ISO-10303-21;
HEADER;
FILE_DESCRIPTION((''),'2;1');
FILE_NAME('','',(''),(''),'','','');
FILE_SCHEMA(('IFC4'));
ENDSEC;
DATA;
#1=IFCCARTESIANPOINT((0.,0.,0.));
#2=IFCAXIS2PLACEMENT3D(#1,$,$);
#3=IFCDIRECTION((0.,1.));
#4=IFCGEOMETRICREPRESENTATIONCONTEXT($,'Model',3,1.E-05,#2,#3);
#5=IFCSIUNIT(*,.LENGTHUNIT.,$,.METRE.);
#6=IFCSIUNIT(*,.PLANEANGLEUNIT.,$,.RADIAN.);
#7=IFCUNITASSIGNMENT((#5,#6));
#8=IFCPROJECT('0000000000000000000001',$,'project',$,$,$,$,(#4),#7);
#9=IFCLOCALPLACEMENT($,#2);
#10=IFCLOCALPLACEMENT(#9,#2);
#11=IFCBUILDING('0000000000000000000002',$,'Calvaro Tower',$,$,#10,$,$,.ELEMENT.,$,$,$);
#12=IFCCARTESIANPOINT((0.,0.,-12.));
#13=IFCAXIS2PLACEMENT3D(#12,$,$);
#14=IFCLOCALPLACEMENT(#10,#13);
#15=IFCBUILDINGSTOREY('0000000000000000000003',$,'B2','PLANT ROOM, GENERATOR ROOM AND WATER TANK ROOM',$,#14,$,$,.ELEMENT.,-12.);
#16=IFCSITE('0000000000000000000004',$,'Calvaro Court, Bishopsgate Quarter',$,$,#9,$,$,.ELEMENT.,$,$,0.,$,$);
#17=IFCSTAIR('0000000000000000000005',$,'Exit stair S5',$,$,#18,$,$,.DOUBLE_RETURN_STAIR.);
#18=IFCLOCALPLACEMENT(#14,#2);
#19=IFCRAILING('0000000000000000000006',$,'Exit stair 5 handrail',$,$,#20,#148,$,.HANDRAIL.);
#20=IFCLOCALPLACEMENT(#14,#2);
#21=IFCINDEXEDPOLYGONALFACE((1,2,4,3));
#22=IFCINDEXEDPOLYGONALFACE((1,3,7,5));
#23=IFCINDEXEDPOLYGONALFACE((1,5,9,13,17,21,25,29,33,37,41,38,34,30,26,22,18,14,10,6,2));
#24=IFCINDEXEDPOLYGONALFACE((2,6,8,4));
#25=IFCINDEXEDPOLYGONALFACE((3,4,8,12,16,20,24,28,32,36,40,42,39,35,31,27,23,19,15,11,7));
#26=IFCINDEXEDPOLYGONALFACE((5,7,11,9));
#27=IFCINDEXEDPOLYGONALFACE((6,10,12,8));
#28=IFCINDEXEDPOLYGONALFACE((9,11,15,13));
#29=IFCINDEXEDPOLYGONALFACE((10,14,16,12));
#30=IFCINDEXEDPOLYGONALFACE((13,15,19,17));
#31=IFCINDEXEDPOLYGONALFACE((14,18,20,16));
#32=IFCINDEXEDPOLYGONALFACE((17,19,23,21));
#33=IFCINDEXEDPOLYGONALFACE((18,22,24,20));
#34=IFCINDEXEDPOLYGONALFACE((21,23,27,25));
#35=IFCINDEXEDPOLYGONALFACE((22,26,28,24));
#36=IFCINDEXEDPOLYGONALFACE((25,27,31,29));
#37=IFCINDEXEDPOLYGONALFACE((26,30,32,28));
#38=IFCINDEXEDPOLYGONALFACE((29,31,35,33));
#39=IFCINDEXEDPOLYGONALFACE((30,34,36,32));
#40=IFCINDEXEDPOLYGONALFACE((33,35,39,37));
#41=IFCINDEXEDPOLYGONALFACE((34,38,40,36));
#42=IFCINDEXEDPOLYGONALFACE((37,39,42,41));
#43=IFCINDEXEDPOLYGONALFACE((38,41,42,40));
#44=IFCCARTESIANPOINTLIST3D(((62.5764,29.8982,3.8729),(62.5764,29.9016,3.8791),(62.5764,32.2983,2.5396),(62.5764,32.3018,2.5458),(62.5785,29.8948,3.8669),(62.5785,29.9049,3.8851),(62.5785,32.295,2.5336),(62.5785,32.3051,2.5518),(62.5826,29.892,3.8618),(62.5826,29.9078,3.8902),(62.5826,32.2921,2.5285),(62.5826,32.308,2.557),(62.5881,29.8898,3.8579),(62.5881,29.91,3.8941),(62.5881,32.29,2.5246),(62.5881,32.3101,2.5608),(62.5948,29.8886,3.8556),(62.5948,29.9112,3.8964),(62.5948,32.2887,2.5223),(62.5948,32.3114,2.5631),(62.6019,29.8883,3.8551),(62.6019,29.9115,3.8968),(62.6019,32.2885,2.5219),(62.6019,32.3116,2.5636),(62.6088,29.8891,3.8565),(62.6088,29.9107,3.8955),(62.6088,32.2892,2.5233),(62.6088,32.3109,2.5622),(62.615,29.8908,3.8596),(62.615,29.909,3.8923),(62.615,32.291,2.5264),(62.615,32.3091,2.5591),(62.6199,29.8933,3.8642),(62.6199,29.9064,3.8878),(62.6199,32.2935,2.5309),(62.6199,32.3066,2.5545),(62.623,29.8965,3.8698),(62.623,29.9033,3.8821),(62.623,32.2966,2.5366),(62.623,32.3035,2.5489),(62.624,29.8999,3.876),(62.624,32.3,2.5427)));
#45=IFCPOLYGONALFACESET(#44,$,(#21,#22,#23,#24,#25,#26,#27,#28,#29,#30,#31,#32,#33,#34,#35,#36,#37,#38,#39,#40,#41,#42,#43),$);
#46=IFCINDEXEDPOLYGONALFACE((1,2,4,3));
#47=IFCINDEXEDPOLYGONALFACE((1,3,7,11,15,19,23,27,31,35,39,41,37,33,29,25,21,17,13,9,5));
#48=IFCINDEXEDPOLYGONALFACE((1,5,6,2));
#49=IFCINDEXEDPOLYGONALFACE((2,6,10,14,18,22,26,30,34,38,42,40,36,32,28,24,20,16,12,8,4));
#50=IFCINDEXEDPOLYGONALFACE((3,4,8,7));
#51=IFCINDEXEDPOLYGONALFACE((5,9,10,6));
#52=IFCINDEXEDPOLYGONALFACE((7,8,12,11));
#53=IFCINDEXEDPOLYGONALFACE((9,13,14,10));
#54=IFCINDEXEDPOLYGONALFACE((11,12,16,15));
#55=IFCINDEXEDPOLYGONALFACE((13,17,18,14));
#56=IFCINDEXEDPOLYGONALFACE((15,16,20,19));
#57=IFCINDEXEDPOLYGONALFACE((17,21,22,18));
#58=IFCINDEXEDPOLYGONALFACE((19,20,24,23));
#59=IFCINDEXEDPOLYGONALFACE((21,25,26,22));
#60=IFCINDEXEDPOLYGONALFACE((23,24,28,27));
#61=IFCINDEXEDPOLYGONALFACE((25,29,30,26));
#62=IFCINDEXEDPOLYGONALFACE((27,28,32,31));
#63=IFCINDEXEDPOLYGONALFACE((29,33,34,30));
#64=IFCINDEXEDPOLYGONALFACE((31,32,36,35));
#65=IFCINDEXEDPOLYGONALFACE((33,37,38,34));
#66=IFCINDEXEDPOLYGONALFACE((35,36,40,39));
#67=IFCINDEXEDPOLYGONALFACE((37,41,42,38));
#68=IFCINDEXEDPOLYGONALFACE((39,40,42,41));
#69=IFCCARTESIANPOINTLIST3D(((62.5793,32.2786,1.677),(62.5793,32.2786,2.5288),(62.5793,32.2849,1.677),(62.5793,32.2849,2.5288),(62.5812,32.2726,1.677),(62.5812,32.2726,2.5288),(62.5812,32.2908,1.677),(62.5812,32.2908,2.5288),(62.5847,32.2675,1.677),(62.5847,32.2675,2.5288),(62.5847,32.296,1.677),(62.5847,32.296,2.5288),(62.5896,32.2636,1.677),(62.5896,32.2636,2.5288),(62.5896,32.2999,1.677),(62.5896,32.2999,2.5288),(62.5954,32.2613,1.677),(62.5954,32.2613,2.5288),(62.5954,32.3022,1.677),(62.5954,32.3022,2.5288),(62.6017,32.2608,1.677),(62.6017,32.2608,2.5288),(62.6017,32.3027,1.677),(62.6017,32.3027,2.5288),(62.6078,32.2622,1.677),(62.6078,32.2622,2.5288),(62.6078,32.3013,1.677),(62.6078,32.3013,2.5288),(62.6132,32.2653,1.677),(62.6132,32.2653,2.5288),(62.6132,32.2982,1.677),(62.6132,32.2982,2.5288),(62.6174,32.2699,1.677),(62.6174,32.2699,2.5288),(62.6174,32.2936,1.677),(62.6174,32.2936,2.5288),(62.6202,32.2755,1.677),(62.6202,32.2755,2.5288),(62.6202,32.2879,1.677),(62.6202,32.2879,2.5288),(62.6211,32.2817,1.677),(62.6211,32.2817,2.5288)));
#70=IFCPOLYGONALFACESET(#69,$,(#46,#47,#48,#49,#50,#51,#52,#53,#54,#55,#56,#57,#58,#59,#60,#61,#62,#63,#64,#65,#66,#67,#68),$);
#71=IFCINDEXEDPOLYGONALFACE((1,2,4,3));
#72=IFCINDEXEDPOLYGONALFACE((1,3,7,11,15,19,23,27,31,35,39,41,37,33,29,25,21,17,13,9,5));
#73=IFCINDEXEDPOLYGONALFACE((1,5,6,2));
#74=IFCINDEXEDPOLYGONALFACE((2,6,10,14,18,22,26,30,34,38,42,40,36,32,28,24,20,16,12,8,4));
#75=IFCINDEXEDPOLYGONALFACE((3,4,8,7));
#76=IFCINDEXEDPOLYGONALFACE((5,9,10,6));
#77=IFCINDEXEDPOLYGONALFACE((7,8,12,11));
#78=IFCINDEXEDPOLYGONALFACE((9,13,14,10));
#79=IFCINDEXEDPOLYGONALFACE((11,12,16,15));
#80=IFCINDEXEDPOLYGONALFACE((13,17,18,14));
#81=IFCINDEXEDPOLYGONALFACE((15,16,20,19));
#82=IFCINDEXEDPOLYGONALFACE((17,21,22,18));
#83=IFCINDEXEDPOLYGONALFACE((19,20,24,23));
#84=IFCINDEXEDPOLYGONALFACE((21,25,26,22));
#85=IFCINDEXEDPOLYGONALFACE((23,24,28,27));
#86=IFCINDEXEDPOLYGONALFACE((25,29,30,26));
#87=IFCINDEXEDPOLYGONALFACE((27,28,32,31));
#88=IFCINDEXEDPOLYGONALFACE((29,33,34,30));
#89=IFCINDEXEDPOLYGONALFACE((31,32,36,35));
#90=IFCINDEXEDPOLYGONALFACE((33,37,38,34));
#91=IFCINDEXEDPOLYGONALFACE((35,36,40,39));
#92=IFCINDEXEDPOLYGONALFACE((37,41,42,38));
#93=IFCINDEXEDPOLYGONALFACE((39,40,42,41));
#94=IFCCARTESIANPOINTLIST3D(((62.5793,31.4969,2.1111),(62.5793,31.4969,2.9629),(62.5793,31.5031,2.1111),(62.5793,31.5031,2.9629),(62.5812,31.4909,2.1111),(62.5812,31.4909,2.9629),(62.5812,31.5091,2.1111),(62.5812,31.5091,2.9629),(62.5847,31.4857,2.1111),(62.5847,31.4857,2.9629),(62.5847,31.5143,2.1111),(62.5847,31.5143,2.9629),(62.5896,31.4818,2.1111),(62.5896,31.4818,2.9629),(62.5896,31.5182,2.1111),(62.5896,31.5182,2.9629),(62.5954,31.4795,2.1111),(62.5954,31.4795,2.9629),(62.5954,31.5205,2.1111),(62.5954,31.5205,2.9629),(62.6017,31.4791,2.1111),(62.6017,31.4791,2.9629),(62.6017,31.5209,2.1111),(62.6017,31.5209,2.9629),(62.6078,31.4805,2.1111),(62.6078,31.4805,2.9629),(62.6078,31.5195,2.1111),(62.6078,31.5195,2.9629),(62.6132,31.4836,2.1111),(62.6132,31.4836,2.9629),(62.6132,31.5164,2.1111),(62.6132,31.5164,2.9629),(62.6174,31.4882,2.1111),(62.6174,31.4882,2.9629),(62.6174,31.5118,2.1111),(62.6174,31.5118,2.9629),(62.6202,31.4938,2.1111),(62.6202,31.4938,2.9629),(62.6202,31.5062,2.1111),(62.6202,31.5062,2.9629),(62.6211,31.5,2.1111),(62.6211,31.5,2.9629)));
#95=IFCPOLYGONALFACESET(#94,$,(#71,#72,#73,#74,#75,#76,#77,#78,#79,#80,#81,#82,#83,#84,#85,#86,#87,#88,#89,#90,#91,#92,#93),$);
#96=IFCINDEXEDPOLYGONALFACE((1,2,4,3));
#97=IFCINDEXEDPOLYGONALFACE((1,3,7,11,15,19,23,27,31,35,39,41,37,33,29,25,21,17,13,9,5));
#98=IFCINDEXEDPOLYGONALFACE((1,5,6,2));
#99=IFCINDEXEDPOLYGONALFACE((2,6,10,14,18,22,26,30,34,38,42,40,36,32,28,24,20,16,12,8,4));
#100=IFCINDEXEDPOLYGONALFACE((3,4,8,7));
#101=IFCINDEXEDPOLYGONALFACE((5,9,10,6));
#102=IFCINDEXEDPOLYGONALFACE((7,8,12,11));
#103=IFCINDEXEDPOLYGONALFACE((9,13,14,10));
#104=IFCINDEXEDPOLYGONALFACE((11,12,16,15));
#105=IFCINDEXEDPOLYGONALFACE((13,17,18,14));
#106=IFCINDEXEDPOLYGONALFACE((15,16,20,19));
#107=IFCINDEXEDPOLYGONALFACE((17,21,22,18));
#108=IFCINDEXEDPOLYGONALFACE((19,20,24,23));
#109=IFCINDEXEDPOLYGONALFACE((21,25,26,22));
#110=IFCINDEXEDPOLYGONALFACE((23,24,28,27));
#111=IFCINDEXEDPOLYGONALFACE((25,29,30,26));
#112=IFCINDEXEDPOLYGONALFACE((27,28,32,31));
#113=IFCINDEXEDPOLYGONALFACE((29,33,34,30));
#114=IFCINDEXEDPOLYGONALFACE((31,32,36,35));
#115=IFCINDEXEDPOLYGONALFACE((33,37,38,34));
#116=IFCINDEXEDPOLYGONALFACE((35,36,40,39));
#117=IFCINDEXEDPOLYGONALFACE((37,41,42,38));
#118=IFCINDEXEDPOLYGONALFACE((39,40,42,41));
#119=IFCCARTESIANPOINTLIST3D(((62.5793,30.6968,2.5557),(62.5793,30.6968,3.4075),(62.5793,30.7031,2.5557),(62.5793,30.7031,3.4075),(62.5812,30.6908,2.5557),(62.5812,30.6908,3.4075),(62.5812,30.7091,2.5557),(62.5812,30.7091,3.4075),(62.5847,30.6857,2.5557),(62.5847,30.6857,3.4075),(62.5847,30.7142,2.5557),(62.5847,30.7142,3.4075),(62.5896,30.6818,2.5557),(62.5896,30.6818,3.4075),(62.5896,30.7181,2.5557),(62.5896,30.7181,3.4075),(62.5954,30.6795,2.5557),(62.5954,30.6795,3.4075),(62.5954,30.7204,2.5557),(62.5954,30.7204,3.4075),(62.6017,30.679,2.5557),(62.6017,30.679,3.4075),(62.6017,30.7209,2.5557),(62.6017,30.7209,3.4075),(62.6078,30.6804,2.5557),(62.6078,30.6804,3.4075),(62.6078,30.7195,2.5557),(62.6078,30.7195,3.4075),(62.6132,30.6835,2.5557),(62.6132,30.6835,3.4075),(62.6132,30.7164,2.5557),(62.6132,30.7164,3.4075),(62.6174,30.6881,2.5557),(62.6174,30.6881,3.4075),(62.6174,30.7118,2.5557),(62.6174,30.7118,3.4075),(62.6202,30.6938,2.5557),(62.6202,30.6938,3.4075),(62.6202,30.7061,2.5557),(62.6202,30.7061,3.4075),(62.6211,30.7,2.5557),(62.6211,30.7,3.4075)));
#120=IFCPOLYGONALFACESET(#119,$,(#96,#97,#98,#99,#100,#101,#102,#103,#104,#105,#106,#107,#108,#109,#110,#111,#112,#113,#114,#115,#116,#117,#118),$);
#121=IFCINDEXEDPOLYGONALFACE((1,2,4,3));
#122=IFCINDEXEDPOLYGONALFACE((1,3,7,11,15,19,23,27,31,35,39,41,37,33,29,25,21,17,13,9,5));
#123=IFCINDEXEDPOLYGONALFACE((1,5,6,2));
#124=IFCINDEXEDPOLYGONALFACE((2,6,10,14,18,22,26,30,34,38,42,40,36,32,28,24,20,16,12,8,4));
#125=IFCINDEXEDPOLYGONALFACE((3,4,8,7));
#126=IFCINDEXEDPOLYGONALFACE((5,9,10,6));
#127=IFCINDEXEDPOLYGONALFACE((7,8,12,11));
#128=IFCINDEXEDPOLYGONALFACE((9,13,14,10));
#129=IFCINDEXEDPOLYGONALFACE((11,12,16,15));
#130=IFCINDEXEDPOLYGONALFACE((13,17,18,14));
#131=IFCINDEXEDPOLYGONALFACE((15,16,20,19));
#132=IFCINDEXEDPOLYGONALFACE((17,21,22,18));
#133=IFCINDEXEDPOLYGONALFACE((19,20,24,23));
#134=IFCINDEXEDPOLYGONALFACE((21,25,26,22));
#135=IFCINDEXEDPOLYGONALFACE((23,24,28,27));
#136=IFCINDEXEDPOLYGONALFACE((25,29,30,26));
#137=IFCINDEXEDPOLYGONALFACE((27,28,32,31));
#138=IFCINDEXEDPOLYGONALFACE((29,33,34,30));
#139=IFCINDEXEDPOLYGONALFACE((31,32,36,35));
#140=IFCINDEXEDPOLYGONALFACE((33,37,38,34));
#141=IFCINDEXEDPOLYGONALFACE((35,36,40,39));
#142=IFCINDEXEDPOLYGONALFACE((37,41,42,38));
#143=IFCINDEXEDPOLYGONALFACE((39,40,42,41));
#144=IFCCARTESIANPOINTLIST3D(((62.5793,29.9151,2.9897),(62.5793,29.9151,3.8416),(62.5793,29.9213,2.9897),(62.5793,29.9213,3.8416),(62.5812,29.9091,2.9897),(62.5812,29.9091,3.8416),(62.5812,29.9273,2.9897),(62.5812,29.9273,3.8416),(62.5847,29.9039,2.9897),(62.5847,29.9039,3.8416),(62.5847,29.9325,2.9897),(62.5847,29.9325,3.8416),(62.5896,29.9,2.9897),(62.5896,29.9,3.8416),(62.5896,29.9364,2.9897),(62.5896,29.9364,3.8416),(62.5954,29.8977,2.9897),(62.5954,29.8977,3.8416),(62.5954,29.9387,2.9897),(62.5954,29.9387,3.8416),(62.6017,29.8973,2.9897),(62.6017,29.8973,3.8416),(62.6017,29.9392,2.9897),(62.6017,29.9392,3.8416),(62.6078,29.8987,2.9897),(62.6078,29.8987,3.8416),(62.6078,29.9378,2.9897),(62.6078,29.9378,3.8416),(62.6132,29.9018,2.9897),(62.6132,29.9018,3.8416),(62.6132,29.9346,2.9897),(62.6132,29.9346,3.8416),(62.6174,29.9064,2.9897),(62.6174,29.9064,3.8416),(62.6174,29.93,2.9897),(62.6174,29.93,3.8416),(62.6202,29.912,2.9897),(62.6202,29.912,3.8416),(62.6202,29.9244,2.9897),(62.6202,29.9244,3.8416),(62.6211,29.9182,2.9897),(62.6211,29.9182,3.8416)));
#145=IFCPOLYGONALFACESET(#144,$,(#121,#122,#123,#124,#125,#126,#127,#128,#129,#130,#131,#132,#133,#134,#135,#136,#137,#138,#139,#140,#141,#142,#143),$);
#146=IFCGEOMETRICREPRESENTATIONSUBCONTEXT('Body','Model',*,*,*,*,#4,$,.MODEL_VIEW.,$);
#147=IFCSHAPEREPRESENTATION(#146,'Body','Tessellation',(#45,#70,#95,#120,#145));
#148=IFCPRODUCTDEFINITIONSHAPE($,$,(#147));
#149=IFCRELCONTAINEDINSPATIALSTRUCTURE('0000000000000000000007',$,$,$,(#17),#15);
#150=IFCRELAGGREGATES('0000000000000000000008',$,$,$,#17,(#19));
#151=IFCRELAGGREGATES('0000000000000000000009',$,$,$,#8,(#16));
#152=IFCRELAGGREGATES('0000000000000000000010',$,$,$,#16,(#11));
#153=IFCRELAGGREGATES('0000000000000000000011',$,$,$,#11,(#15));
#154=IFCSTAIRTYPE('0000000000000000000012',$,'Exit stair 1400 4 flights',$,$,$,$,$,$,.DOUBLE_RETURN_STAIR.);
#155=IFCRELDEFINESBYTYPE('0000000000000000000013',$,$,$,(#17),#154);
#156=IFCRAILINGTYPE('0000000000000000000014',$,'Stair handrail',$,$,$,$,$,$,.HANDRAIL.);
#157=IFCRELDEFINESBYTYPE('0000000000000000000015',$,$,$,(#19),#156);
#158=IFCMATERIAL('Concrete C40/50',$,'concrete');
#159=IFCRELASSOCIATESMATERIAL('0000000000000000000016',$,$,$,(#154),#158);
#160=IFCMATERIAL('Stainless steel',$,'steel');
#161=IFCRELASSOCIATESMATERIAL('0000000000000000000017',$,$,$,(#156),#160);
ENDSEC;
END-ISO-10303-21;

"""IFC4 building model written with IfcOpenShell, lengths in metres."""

from ifc_helpers import new_model, si_unit, direction, frame, origin, origin_2d, place, context, subcontext, project, spatial, circle, extrude, material, type_object, element, aggregate, save


model = new_model("IFC4")

# Units and contexts
model_context = context("Model", 3, precision=1e-05, world=origin(), true_north=direction((0.0, 1.0)))
body_context = subcontext(model_context, "Body", "Model", "MODEL_VIEW")
ifc_project = project(units=[si_unit("LENGTHUNIT", "METRE"), si_unit("PLANEANGLEUNIT", "RADIAN")], contexts=[model_context])

# Site, building, storey
site_placement = place(None, origin())
site = spatial("IfcSite", under=ifc_project, at=site_placement, Name="Calvaro Court, Bishopsgate Quarter", CompositionType="ELEMENT", RefElevation=0.0)
building_placement = place(site_placement, origin())
building = spatial("IfcBuilding", under=site, at=building_placement, Name="Calvaro Tower", CompositionType="ELEMENT")
storey_placement = place(building_placement, frame((0.0, 0.0, -12.0)))
storey = spatial("IfcBuildingStorey", under=building, at=storey_placement, Name="B2", Description="PLANT ROOM, GENERATOR ROOM AND WATER TANK ROOM", CompositionType="ELEMENT", Elevation=-12.0)

# Stair
ifc_material_1 = material(Name="Concrete C40/50", Category="concrete")
stair_type = type_object("IfcStairType", Name="Exit stair 1400 4 flights", PredefinedType="DOUBLE_RETURN_STAIR", material=ifc_material_1)
stair_1_placement = place(storey_placement, origin())
stair_1 = element("IfcStair", 1, at=stair_1_placement, inside=storey, type_object=stair_type, Name="Exit stair S5", PredefinedType="DOUBLE_RETURN_STAIR")

# Shared definitions
ifc_material_2 = material(Name="Stainless steel", Category="steel")
railing_type = type_object("IfcRailingType", Name="Stair handrail", PredefinedType="HANDRAIL", material=ifc_material_2)

# Railing
railing_1_placement = place(storey_placement, frame((62.6001, 32.3, 1.6667)))
railing_1 = element("IfcRailing", 2, at=railing_1_placement, type_object=railing_type, Name="Exit stair 5 handrail", PredefinedType="HANDRAIL", context=body_context, shape_type="SweptSolid", body=[
    extrude(circle(Radius=0.0239, at=origin_2d()), frame((0.0, 0.0, 0.876), z_axis=(0.0, -0.874182, 0.485598), x_axis=(1.0, 0.0, 0.0)), (0.0, 0.0, 1.0), 2.7456),
    extrude(circle(Radius=0.021, at=origin_2d()), frame((0.0, -0.0183, 0.0103)), (0.0, 0.0, 1.0), 0.8518),
    extrude(circle(Radius=0.021, at=origin_2d()), frame((0.0, -0.8, 0.4443)), (0.0, 0.0, 1.0), 0.8518),
    extrude(circle(Radius=0.021, at=origin_2d()), frame((0.0, -1.6001, 0.8889)), (0.0, 0.0, 1.0), 0.8518),
    extrude(circle(Radius=0.021, at=origin_2d()), frame((0.0, -2.3818, 1.323)), (0.0, 0.0, 1.0), 0.8518),
])
aggregate(stair_1, [railing_1])

save(model, "model.ifc")
